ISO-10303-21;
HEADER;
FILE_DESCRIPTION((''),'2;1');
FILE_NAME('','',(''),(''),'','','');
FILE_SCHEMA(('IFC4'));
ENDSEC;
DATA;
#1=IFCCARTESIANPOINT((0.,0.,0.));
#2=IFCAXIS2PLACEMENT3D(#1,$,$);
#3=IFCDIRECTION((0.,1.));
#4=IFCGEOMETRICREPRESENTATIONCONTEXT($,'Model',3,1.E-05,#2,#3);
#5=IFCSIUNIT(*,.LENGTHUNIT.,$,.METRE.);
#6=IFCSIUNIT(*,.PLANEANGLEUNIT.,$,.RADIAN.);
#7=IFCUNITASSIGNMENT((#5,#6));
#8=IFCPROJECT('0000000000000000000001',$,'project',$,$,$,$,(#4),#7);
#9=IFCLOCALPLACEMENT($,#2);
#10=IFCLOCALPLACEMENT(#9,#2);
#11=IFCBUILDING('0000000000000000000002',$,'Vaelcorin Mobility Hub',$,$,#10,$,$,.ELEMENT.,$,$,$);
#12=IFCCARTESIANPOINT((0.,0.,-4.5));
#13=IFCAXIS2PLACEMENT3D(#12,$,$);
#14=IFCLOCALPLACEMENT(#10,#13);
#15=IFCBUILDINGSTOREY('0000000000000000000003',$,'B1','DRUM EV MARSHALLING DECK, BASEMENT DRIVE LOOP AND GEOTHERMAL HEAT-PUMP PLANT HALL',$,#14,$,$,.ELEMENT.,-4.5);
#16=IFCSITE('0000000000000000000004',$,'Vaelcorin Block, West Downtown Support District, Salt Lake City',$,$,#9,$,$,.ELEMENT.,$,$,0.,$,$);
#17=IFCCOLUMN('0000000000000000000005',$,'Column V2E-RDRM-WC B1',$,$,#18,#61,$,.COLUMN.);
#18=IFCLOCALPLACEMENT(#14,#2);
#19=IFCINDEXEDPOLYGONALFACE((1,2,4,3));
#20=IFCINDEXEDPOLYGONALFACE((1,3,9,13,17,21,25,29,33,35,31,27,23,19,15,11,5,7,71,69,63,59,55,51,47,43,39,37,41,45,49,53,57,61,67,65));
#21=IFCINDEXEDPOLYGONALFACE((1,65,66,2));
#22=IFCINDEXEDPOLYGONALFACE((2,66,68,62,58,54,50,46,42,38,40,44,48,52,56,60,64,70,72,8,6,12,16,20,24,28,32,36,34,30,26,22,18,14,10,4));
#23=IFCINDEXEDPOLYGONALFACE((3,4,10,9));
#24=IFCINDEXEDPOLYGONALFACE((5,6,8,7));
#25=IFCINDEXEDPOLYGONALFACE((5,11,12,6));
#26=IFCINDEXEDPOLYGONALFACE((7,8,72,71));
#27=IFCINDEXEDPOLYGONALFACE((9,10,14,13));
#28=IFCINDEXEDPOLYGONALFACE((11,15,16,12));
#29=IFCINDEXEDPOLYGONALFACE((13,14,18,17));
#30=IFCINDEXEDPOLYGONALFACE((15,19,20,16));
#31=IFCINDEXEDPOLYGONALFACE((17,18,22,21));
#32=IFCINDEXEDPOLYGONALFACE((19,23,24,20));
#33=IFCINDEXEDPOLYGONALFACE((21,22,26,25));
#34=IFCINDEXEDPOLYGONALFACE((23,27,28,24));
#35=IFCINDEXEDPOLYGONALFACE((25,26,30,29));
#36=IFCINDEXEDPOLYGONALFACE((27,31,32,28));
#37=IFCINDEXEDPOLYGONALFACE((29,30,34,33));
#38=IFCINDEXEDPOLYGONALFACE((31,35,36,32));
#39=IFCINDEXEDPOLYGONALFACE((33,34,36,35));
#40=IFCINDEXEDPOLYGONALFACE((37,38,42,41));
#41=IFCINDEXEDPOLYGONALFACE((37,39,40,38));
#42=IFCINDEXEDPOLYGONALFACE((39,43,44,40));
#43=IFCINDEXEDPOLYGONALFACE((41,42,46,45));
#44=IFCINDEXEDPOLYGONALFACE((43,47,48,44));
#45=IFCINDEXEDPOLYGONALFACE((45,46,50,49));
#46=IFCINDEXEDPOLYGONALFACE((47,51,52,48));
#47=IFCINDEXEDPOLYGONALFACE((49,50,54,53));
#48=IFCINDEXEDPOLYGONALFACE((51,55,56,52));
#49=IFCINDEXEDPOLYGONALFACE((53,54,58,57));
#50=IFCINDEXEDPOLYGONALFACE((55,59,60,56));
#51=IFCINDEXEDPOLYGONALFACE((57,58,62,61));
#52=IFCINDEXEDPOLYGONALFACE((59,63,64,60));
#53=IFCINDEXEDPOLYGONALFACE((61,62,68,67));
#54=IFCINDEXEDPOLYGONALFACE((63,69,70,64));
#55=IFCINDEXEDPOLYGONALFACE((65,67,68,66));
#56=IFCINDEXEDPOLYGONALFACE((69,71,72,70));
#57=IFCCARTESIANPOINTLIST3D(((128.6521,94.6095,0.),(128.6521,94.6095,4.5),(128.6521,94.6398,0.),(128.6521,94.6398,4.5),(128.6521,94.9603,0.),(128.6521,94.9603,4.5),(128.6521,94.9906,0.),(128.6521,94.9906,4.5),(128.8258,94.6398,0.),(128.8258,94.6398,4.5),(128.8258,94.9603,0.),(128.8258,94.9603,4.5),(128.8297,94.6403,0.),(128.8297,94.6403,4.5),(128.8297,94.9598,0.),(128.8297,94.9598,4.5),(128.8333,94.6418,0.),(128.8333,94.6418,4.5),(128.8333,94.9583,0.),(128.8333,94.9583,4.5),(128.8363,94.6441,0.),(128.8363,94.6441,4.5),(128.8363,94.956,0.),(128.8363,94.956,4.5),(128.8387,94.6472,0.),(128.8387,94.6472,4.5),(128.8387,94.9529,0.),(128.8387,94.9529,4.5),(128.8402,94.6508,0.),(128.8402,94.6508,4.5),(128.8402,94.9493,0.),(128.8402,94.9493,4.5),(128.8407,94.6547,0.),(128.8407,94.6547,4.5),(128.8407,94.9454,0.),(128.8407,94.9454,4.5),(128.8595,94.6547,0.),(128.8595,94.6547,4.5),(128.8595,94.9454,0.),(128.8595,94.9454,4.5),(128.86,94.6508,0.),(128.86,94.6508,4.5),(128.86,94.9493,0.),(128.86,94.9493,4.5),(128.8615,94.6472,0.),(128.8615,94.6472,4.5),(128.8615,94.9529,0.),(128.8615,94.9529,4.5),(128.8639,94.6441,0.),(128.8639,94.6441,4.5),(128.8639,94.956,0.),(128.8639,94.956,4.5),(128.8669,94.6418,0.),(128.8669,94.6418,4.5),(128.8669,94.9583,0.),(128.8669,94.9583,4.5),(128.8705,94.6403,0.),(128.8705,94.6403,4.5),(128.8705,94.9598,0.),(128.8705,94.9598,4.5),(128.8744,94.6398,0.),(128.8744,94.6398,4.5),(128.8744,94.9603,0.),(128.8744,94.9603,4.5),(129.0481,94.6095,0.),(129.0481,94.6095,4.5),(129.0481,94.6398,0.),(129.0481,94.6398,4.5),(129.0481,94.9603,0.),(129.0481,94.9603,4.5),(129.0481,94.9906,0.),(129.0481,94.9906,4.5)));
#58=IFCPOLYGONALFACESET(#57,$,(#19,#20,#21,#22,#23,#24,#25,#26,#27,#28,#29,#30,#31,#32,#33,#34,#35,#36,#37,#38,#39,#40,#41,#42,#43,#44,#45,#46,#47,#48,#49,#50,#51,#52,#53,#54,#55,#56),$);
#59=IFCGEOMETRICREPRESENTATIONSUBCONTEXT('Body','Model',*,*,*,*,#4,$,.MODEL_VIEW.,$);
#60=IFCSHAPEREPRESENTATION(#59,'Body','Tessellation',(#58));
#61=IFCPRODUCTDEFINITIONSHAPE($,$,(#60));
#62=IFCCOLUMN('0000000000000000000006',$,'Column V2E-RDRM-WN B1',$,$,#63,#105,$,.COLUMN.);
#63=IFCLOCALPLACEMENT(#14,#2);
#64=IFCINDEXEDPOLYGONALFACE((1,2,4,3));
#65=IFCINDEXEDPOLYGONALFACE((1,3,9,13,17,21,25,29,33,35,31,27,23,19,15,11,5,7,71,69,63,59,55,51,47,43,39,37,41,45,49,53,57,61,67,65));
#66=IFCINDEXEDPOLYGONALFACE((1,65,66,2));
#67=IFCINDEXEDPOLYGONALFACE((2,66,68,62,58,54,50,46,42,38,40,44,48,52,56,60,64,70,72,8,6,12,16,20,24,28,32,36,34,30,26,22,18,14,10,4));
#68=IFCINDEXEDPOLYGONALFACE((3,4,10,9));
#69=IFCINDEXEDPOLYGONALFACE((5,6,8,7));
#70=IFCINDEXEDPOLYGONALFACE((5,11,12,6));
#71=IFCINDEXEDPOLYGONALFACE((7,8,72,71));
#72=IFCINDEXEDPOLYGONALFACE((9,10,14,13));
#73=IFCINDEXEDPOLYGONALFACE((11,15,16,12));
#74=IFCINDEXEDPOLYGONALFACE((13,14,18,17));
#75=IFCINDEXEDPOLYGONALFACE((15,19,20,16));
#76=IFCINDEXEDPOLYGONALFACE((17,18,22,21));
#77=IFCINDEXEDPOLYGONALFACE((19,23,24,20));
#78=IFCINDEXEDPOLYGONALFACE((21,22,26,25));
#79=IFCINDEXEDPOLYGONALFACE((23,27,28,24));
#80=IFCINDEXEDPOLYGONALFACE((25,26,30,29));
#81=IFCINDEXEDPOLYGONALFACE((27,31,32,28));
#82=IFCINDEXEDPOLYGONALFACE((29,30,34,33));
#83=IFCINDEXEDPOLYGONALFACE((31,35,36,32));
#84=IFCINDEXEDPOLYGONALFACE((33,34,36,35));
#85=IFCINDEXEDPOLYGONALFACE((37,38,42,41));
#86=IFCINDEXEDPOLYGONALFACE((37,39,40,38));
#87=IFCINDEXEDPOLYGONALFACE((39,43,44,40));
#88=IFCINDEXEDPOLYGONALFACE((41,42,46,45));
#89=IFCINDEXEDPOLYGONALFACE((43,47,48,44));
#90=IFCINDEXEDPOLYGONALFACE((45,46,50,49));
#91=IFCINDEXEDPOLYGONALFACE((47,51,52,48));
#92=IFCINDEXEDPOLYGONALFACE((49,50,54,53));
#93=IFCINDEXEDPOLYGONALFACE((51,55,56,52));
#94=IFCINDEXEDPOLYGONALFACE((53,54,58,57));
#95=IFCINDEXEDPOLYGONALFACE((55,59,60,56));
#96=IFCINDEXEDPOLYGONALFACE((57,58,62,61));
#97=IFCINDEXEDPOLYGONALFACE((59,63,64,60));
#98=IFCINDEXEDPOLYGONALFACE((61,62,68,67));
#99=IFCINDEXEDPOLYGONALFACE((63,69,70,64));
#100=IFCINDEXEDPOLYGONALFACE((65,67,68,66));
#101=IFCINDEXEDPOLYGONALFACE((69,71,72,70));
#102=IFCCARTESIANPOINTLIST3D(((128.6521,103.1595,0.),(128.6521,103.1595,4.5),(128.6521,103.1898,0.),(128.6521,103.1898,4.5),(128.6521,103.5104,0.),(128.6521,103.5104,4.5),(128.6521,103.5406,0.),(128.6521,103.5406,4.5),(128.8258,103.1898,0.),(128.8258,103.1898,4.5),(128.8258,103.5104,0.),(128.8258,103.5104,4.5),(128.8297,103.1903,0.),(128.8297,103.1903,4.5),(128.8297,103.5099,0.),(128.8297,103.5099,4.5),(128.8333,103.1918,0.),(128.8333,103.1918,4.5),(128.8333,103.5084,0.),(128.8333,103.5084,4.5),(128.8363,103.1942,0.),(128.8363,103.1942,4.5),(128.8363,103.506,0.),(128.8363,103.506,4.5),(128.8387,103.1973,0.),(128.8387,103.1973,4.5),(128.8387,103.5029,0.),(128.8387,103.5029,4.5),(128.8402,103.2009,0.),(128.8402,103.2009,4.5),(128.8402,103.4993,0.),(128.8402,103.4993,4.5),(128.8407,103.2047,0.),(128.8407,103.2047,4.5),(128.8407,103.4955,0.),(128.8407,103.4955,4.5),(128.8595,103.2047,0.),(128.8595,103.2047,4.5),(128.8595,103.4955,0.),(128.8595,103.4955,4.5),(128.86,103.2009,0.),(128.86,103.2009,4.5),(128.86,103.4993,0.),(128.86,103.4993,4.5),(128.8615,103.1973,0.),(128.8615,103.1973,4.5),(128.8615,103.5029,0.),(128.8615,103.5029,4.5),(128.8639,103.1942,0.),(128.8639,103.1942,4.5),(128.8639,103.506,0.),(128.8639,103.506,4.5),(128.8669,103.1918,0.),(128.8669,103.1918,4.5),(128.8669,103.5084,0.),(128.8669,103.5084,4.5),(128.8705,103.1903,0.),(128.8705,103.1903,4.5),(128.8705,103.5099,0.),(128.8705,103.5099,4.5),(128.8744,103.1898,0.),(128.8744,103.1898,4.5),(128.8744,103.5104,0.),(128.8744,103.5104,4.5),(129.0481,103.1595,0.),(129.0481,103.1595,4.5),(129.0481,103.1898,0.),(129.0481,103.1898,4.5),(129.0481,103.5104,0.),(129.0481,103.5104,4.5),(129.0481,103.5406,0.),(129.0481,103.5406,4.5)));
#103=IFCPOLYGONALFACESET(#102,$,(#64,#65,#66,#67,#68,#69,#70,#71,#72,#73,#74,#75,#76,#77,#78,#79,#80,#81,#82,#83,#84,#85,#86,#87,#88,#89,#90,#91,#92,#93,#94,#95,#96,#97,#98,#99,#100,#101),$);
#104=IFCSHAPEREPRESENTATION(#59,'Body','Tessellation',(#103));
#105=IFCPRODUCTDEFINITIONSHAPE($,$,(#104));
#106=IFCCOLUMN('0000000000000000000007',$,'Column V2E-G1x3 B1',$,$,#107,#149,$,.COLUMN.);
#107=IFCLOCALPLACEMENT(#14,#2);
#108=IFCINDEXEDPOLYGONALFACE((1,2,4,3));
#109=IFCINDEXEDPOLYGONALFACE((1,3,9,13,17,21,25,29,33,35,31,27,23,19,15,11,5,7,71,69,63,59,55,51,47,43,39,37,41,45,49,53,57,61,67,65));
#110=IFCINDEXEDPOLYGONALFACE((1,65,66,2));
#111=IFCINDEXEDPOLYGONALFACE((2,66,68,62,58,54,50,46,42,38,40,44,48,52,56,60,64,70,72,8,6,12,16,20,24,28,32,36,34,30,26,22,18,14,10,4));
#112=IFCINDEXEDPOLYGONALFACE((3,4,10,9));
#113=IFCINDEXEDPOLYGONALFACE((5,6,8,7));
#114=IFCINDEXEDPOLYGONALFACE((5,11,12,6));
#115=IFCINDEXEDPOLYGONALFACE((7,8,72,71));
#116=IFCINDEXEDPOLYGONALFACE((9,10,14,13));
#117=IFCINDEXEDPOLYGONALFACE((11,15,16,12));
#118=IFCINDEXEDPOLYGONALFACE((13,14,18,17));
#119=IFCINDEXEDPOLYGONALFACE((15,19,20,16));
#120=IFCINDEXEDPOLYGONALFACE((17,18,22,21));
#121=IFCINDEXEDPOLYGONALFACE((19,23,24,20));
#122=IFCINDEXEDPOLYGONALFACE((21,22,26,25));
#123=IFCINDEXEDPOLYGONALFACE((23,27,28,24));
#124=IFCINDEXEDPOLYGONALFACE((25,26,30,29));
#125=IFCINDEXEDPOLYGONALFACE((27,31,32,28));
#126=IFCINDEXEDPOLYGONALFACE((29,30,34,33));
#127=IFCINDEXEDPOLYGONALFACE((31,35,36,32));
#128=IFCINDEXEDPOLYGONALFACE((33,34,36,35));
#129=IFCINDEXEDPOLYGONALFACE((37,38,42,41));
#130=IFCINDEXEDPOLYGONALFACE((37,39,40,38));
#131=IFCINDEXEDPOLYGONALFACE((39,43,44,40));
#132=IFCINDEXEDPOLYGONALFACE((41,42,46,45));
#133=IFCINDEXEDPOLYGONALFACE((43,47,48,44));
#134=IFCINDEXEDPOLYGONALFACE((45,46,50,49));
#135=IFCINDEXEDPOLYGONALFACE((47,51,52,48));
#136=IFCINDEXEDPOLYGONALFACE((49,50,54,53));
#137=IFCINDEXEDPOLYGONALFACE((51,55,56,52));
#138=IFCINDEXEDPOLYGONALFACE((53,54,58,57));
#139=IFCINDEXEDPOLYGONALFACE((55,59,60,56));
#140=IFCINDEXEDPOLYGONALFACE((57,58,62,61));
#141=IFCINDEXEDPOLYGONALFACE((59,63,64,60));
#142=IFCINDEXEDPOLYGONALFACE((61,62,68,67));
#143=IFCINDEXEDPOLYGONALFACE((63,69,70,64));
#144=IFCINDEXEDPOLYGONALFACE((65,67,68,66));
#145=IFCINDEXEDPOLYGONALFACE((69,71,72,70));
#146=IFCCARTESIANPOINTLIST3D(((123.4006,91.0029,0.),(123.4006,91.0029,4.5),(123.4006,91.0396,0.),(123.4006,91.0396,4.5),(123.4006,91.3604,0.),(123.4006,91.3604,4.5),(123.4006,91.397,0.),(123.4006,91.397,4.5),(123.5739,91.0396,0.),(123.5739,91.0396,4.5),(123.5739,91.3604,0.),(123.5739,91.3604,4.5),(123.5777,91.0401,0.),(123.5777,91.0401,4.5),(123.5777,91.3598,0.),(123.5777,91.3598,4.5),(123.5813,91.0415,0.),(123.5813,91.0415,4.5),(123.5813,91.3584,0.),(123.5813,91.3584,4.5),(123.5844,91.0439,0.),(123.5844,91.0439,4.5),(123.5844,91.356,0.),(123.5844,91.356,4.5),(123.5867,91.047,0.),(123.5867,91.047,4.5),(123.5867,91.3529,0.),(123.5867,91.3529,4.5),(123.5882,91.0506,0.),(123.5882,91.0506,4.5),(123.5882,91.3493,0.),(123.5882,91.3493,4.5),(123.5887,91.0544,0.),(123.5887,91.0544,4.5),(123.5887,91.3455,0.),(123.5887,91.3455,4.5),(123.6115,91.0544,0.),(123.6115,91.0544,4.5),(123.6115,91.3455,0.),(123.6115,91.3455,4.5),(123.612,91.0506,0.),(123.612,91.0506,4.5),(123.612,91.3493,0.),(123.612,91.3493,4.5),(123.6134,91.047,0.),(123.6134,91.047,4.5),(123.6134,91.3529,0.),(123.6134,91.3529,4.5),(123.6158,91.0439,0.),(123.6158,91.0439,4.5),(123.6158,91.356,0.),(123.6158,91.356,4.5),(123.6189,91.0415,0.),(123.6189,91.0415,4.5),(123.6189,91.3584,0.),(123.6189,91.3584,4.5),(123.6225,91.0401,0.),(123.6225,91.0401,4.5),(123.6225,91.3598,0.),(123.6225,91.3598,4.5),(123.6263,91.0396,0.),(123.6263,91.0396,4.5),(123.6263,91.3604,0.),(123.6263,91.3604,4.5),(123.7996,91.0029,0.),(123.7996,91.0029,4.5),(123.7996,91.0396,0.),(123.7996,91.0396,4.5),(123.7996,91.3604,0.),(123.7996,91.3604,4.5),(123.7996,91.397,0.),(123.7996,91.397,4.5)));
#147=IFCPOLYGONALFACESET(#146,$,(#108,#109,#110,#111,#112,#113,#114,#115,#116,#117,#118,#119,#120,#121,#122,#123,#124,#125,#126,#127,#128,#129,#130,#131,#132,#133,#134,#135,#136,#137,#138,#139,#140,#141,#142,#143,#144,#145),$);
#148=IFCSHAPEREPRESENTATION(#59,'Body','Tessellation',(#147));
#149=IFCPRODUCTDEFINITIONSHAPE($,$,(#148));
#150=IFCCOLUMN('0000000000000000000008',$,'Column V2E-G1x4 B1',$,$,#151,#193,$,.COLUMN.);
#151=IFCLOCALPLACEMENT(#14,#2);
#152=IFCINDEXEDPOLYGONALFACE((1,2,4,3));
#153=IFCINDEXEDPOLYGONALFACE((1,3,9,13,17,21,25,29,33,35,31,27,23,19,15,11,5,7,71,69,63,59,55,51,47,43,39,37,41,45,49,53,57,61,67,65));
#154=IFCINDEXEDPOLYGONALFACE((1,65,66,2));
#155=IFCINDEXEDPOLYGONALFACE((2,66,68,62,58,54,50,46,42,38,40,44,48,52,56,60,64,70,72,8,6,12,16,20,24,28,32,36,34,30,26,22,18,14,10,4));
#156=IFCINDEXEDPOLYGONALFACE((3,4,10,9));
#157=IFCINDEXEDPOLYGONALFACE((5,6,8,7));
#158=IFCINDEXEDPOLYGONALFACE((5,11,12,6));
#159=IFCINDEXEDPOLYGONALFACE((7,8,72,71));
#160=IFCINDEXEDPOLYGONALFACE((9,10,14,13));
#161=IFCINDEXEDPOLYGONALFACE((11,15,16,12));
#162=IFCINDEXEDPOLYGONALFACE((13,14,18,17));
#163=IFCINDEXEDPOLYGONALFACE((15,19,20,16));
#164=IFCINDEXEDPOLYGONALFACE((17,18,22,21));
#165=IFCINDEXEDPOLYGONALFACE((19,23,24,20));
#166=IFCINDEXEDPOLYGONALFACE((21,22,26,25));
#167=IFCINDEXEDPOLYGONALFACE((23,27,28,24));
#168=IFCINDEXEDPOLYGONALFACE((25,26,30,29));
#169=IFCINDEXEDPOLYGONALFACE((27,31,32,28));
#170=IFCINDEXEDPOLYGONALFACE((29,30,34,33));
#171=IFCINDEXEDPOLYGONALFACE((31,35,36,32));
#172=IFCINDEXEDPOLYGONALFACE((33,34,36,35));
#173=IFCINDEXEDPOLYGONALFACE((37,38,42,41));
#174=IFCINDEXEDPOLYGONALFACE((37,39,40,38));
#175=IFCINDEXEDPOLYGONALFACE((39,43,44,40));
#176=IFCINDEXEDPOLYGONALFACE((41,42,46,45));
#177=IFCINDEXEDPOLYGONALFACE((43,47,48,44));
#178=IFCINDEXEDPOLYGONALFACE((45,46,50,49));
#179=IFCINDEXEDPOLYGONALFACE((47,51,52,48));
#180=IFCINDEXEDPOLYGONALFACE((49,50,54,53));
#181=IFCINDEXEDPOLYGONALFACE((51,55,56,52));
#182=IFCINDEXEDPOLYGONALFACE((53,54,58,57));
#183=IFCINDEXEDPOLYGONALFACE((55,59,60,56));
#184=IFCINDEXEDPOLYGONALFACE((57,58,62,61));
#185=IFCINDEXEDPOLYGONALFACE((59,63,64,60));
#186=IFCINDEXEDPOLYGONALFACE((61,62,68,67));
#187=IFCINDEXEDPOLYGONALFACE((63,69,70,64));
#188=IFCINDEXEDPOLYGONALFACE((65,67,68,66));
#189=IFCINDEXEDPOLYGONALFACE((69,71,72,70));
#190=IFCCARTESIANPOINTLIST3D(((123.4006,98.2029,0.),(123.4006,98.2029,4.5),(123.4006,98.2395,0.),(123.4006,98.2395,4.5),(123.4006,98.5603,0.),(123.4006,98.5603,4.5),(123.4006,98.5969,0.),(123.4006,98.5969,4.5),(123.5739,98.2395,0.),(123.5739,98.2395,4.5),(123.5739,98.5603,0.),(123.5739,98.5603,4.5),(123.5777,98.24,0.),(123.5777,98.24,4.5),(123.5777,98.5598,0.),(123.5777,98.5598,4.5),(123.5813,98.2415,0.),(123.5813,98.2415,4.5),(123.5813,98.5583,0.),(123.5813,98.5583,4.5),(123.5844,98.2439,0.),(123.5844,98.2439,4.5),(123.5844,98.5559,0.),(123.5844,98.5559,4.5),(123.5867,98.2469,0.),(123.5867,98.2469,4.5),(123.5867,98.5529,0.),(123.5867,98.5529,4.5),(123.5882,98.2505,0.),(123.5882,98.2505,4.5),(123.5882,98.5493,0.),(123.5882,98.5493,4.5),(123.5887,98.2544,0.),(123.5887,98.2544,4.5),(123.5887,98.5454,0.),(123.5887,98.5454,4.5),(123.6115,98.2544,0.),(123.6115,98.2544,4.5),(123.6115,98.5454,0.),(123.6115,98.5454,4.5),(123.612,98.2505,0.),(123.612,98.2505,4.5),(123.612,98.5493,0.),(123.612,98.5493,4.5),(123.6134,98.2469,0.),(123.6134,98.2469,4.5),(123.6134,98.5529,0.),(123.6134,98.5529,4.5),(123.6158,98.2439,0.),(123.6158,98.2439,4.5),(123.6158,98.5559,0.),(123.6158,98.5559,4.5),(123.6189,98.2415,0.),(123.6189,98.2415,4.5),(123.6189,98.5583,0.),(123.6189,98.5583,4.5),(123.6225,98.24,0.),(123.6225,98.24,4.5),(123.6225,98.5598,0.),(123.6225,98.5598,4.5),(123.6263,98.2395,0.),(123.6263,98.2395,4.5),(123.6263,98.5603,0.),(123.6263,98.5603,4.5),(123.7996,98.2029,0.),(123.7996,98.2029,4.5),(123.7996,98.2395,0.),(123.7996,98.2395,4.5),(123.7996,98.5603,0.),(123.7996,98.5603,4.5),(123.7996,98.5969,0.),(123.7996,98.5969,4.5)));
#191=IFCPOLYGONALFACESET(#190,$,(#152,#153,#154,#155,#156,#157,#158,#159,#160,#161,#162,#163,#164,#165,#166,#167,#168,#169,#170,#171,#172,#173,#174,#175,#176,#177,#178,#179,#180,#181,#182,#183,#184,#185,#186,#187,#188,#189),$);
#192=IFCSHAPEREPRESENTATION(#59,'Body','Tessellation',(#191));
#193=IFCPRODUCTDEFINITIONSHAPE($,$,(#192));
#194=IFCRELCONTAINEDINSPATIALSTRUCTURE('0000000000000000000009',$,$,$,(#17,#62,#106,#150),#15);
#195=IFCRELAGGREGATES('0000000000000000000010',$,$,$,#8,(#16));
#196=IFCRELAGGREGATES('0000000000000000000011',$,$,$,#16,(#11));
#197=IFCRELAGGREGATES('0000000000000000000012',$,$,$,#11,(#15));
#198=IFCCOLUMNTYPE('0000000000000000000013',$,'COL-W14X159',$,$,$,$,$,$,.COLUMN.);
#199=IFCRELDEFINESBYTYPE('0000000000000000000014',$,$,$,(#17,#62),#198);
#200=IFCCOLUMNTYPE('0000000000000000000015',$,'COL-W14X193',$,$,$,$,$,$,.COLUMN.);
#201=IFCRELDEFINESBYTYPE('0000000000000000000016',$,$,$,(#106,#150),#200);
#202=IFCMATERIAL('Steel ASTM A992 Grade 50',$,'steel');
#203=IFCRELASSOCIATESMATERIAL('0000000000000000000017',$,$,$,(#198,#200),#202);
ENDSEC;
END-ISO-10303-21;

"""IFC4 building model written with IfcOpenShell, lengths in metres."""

from ifc_helpers import new_model, si_unit, direction, frame, origin, origin_2d, place, context, subcontext, project, spatial, i_section, extrude, material, material_profile, profile_set, type_object, element, save


model = new_model("IFC4")

# Units and contexts
model_context = context("Model", 3, precision=1e-05, world=origin(), true_north=direction((0.0, 1.0)))
body_context = subcontext(model_context, "Body", "Model", "MODEL_VIEW")
ifc_project = project(units=[si_unit("LENGTHUNIT", "METRE"), si_unit("PLANEANGLEUNIT", "RADIAN")], contexts=[model_context])

# Site, building, storey
site_placement = place(None, origin())
site = spatial("IfcSite", under=ifc_project, at=site_placement, Name="Vaelcorin Block, West Downtown Support District, Salt Lake City", CompositionType="ELEMENT", RefElevation=0.0)
building_placement = place(site_placement, origin())
building = spatial("IfcBuilding", under=site, at=building_placement, Name="Vaelcorin Mobility Hub", CompositionType="ELEMENT")
storey_placement = place(building_placement, frame((0.0, 0.0, -4.5)))
storey = spatial("IfcBuildingStorey", under=building, at=storey_placement, Name="B1", Description="DRUM EV MARSHALLING DECK, BASEMENT DRIVE LOOP AND GEOTHERMAL HEAT-PUMP PLANT HALL", CompositionType="ELEMENT", Elevation=-4.5)

# Columns
ifc_material_1 = material(Name="Steel ASTM A992 Grade 50", Category="steel")
ifc_material_profile_1 = material_profile(ifc_material_1, i_section(OverallWidth=0.396, OverallDepth=0.3811, WebThickness=0.0188, FlangeThickness=0.0303, FilletRadius=0.0149, at=origin_2d()), Name="W14X159")
ifc_profile_set_1 = profile_set([ifc_material_profile_1], Name="Steel ASTM A992 Grade 50")
column_type_1 = type_object("IfcColumnType", Name="COL-W14X159", PredefinedType="COLUMN", material=ifc_profile_set_1)
for number, where, z_axis, x_axis, name in (
    (1, (128.8501, 94.8, 0.0), (0.0, 0.0, 1.0), (1.0, 0.0, 0.0), "Column V2E-RDRM-WC B1"),
    (2, (128.8501, 103.3501, 0.0), (0.0, 0.0, 1.0), (1.0, 0.0, 0.0), "Column V2E-RDRM-WN B1"),
):
    element("IfcColumn", number, at=place(storey_placement, frame(where, z_axis=z_axis, x_axis=x_axis)), inside=storey, type_object=column_type_1, Name=name, PredefinedType="COLUMN", context=body_context, shape_type="SweptSolid", body=[
        extrude(i_section(OverallWidth=0.396, OverallDepth=0.3811, WebThickness=0.0188, FlangeThickness=0.0303, FilletRadius=0.0149, at=origin_2d()), origin(), (0.0, 0.0, 1.0), 4.5),
    ])
ifc_material_profile_2 = material_profile(ifc_material_1, i_section(OverallWidth=0.3989, OverallDepth=0.394, WebThickness=0.0227, FlangeThickness=0.0366, FilletRadius=0.0149, at=origin_2d()), Name="W14X193")
ifc_profile_set_2 = profile_set([ifc_material_profile_2], Name="Steel ASTM A992 Grade 50")
column_type_2 = type_object("IfcColumnType", Name="COL-W14X193", PredefinedType="COLUMN", material=ifc_profile_set_2)
for number, where, z_axis, x_axis, name in (
    (3, (123.6001, 91.2, 0.0), (0.0, 0.0, 1.0), (1.0, 0.0, 0.0), "Column V2E-G1x3 B1"),
    (4, (123.6001, 98.3999, 0.0), (0.0, 0.0, 1.0), (1.0, 0.0, 0.0), "Column V2E-G1x4 B1"),
):
    element("IfcColumn", number, at=place(storey_placement, frame(where, z_axis=z_axis, x_axis=x_axis)), inside=storey, type_object=column_type_2, Name=name, PredefinedType="COLUMN", context=body_context, shape_type="SweptSolid", body=[
        extrude(i_section(OverallWidth=0.3989, OverallDepth=0.394, WebThickness=0.0227, FlangeThickness=0.0366, FilletRadius=0.0149, at=origin_2d()), origin(), (0.0, 0.0, 1.0), 4.5),
    ])

save(model, "model.ifc")
